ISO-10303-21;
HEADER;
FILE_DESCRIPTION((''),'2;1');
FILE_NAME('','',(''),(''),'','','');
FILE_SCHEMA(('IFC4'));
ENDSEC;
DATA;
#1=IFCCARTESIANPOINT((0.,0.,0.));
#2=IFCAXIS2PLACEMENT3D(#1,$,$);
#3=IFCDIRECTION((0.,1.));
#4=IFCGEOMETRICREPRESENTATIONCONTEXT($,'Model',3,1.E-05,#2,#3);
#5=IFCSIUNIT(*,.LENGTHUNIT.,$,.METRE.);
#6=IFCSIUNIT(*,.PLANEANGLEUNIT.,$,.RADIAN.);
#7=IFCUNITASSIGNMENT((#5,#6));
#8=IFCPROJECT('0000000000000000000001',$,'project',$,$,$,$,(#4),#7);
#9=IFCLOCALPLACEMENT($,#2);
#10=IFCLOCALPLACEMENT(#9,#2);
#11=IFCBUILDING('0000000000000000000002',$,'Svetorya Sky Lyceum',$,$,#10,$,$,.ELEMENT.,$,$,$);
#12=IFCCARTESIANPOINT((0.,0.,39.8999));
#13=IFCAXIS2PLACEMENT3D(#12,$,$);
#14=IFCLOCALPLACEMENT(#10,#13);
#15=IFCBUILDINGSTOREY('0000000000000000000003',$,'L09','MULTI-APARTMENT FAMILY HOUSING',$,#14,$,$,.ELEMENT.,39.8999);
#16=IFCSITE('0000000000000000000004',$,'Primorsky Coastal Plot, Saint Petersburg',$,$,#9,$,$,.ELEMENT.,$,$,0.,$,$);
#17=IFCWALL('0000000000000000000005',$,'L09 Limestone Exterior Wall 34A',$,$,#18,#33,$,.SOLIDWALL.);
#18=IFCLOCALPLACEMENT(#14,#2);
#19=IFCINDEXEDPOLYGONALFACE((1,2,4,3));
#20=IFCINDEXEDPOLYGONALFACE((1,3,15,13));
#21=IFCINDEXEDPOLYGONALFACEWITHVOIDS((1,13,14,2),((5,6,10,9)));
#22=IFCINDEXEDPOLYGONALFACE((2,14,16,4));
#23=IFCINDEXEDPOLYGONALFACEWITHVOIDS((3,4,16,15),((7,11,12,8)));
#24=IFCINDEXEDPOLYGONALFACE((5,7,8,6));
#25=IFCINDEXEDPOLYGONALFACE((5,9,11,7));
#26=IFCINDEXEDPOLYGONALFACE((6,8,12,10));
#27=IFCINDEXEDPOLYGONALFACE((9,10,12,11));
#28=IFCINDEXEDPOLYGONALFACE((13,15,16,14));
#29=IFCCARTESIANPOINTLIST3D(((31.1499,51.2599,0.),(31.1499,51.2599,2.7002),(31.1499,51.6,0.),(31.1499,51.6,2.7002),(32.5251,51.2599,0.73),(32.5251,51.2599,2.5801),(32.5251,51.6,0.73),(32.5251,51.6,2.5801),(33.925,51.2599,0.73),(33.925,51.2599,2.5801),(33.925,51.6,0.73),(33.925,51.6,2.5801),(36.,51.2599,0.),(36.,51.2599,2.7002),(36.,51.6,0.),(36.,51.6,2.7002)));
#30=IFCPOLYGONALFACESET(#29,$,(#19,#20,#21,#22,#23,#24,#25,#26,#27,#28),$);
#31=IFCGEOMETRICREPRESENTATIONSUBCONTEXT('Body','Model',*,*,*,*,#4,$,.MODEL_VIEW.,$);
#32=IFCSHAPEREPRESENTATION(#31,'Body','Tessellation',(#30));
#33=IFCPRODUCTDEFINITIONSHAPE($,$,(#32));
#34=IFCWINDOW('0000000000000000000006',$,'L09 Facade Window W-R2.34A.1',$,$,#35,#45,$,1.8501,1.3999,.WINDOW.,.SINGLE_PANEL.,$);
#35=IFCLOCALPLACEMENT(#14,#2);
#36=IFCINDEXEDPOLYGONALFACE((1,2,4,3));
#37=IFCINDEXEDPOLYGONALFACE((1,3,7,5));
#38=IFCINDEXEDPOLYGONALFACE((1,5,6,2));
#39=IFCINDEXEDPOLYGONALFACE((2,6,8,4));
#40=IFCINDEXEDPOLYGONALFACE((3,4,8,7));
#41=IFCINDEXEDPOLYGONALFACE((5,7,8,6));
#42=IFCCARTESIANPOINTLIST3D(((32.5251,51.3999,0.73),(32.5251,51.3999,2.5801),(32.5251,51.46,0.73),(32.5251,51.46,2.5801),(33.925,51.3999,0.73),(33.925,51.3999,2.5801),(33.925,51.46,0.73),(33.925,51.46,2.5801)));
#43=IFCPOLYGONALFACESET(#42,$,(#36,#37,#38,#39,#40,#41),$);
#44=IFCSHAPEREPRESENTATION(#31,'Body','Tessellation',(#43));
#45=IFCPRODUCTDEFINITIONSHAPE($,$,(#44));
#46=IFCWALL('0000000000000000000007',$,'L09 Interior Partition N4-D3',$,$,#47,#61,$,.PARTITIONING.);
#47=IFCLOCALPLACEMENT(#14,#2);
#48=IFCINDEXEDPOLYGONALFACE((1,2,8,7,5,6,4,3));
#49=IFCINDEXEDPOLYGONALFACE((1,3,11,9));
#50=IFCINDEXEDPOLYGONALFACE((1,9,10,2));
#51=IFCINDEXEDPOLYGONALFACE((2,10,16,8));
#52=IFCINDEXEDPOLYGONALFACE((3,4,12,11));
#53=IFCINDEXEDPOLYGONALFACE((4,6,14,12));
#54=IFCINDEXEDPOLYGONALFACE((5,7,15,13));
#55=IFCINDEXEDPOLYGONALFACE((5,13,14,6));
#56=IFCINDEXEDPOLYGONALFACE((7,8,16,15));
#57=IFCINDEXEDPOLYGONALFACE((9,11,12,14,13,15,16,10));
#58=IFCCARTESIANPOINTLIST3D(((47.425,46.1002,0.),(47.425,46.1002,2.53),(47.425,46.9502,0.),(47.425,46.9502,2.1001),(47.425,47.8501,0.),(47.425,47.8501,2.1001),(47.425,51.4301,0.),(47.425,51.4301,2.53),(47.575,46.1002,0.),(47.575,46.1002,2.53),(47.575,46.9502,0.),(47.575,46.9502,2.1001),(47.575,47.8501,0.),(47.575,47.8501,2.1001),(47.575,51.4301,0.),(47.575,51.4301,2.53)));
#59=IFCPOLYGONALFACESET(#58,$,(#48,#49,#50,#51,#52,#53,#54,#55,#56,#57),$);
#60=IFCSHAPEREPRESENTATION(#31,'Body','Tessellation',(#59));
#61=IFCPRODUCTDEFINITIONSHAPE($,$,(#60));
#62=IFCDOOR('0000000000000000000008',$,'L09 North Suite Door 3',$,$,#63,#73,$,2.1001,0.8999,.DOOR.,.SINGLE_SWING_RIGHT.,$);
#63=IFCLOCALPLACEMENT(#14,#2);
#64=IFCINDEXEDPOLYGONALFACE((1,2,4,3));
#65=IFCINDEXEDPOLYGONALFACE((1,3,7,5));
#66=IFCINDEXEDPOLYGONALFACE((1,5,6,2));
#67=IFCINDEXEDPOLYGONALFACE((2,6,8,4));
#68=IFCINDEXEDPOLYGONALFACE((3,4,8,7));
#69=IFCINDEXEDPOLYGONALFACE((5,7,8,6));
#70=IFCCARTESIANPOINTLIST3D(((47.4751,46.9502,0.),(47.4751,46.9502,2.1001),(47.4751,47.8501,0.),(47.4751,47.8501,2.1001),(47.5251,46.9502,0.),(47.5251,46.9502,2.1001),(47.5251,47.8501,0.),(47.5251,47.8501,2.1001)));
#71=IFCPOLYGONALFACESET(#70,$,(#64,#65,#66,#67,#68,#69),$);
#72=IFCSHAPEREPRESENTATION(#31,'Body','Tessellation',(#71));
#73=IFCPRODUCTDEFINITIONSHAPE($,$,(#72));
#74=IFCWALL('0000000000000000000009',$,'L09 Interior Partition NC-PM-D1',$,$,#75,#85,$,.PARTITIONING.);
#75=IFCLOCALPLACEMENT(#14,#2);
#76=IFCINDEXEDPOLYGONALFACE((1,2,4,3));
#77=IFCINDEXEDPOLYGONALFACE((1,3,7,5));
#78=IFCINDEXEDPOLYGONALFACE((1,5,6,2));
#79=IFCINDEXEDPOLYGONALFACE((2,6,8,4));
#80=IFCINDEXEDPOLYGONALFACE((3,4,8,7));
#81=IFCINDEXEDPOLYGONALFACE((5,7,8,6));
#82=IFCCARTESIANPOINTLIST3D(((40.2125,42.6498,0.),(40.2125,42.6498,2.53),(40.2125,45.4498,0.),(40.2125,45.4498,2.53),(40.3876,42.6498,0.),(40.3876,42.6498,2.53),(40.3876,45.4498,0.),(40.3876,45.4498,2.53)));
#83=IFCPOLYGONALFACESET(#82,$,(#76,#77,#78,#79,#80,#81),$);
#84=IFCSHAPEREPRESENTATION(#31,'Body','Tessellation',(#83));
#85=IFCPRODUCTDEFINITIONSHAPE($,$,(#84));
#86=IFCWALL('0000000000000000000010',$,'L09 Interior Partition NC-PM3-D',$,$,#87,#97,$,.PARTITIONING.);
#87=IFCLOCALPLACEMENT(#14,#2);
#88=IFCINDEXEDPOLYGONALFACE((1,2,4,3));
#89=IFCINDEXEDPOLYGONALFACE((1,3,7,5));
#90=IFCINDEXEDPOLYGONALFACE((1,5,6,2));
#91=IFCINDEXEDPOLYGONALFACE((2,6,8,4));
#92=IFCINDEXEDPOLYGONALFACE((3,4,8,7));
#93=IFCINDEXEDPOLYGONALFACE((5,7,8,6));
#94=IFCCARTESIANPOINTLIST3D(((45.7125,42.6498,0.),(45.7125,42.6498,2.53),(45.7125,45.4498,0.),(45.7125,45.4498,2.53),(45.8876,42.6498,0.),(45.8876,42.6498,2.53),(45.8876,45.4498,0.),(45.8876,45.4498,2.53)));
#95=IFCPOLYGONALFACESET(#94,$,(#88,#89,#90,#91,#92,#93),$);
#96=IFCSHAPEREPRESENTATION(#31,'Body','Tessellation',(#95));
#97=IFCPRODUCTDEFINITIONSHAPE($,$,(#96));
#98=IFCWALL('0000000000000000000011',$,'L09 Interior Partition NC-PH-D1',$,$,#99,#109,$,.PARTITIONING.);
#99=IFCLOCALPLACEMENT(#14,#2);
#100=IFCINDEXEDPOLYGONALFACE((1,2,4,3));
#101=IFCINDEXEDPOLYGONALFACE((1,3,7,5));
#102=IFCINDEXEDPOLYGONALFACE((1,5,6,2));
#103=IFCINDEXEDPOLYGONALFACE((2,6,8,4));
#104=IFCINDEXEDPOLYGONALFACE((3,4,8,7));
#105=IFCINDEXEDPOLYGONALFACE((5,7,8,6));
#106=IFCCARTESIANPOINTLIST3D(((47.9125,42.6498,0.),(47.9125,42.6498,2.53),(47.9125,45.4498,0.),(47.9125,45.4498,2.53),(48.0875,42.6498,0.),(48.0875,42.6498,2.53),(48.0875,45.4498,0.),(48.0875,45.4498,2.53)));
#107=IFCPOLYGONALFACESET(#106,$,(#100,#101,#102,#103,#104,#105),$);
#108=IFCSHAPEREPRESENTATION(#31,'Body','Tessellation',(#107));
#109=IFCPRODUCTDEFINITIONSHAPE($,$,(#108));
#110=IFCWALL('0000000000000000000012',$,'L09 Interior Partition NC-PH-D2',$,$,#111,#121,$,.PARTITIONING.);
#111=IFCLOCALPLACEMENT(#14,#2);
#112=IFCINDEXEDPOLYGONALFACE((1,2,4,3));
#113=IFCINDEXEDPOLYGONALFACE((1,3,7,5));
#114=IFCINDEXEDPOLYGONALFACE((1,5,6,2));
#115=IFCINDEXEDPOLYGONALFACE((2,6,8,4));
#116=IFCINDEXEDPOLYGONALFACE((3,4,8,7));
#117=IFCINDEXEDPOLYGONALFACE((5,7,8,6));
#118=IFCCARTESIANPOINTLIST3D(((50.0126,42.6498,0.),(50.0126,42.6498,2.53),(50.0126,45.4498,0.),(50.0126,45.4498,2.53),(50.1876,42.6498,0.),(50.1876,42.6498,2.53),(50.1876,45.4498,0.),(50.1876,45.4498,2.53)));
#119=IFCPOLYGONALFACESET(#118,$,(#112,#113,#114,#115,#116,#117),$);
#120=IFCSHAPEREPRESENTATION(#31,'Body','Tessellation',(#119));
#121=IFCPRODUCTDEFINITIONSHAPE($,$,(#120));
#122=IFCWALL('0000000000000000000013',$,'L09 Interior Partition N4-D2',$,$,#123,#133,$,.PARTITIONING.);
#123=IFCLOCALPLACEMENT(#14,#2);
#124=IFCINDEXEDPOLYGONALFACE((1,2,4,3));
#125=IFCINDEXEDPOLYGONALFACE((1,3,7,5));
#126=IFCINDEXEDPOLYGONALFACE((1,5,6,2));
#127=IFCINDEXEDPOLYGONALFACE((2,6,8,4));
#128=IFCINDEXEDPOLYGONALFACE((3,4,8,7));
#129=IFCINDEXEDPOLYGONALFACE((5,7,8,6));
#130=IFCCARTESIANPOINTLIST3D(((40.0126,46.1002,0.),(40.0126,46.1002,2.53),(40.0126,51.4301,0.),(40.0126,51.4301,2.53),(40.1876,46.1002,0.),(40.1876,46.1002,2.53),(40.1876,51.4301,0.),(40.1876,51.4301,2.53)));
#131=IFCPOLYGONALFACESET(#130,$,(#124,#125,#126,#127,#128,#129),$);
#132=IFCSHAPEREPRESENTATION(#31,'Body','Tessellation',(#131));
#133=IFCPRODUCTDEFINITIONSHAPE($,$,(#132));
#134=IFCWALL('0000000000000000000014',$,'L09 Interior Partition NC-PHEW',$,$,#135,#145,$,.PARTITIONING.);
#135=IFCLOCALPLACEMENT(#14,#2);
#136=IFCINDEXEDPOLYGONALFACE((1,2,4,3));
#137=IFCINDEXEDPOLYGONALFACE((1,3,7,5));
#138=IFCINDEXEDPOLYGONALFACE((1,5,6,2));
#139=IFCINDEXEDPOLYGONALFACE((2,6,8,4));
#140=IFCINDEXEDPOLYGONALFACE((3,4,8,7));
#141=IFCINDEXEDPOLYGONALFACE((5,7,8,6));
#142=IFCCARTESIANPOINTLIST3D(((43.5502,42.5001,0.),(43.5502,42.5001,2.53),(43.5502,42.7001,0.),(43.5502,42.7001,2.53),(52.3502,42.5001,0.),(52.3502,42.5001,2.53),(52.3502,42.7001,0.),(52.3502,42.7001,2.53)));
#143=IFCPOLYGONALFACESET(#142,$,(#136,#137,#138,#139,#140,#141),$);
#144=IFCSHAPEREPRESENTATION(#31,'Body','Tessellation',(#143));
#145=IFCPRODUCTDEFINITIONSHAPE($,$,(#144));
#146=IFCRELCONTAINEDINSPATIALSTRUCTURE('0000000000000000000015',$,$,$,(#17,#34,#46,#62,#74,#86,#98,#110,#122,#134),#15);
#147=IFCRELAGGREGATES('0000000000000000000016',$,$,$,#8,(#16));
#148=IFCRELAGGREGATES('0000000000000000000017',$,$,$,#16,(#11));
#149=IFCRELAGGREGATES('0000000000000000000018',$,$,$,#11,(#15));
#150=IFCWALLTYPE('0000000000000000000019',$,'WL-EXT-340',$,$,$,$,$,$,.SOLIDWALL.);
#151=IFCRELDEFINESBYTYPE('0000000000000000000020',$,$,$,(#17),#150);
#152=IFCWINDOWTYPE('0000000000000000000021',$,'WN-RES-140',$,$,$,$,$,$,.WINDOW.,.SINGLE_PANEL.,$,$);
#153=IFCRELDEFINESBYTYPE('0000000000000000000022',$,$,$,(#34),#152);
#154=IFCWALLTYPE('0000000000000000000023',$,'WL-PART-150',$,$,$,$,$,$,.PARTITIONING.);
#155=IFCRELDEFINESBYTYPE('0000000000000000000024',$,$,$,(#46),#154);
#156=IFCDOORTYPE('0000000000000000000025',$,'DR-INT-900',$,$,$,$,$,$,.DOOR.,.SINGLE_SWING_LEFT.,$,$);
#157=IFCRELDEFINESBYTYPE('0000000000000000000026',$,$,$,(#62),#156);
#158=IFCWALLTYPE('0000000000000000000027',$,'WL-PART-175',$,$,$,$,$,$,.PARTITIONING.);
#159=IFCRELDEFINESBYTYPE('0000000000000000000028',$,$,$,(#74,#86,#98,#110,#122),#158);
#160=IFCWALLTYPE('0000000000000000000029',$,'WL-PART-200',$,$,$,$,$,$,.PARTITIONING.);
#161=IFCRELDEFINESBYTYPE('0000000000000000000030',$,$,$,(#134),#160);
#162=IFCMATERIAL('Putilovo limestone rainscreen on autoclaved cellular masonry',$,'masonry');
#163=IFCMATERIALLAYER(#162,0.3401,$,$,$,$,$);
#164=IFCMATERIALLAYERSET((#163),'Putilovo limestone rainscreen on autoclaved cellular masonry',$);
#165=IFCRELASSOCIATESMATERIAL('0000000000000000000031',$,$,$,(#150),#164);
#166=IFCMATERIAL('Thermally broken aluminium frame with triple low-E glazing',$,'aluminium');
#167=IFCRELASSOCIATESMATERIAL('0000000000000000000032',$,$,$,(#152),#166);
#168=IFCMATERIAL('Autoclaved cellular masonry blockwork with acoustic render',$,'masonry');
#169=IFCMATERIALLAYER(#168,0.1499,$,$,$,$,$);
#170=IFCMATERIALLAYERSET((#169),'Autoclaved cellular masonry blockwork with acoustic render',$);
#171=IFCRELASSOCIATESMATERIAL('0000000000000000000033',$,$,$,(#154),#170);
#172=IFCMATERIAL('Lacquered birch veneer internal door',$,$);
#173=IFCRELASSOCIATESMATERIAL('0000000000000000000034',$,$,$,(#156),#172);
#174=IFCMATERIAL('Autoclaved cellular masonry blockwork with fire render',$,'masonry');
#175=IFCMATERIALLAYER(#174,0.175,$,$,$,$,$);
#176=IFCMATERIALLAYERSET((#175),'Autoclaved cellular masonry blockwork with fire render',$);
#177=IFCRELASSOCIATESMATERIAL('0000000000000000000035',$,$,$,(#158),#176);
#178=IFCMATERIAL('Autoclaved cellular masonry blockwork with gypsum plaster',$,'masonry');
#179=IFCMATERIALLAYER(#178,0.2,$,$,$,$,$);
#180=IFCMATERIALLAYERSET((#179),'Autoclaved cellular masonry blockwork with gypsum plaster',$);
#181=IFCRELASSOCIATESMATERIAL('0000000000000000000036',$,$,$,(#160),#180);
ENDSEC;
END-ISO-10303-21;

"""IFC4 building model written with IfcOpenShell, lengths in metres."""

from ifc_helpers import new_model, si_unit, direction, frame, frame_2d, origin, place, context, subcontext, project, spatial, rectangle, extrude, material, layer, layer_set, type_object, element, fill, save


model = new_model("IFC4")

# Units and contexts
model_context = context("Model", 3, precision=1e-05, world=origin(), true_north=direction((0.0, 1.0)))
body_context = subcontext(model_context, "Body", "Model", "MODEL_VIEW")
ifc_project = project(units=[si_unit("LENGTHUNIT", "METRE"), si_unit("PLANEANGLEUNIT", "RADIAN")], contexts=[model_context])

# Site, building, storey
site_placement = place(None, origin())
site = spatial("IfcSite", under=ifc_project, at=site_placement, Name="Primorsky Coastal Plot, Saint Petersburg", CompositionType="ELEMENT", RefElevation=0.0)
building_placement = place(site_placement, origin())
building = spatial("IfcBuilding", under=site, at=building_placement, Name="Svetorya Sky Lyceum", CompositionType="ELEMENT")
storey_placement = place(building_placement, frame((0.0, 0.0, 39.8999)))
storey = spatial("IfcBuildingStorey", under=building, at=storey_placement, Name="L09", Description="MULTI-APARTMENT FAMILY HOUSING", CompositionType="ELEMENT", Elevation=39.8999)

# Shared definitions
ifc_material_1 = material(Name="Putilovo limestone rainscreen on autoclaved cellular masonry", Category="masonry")
ifc_layer_1 = layer(ifc_material_1, 0.3401)
ifc_layer_set_1 = layer_set([ifc_layer_1], Name="Putilovo limestone rainscreen on autoclaved cellular masonry")
wall_type_1 = type_object("IfcWallType", Name="WL-EXT-340", PredefinedType="SOLIDWALL", material=ifc_layer_set_1)

# Wall, opening, window
wall_1_placement = place(storey_placement, frame((36.0, 51.4299, 0.0), z_axis=(0.0, 0.0, 1.0), x_axis=(-1.0, 0.0, 0.0)))
wall_1 = element("IfcWall", 1, at=wall_1_placement, inside=storey, type_object=wall_type_1, Name="L09 Limestone Exterior Wall 34A", PredefinedType="SOLIDWALL", context=body_context, shape_type="SweptSolid", body=[
    extrude(rectangle(XDim=4.8501, YDim=0.3401, at=frame_2d((2.425, 0.0))), origin(), (0.0, 0.0, 1.0), 2.7002),
])
opening_1_placement = place(wall_1_placement, frame((2.075, 0.0, 0.73)))
opening_1 = element("IfcOpeningElement", 2, at=opening_1_placement, cuts=wall_1, PredefinedType="OPENING", context=body_context, shape_type="SweptSolid", body=[
    extrude(rectangle(XDim=1.3999, YDim=1.8501, at=frame_2d((0.7, 0.925))), frame((0.0, 0.1799, 0.0), z_axis=(0.0, -1.0, 0.0), x_axis=(1.0, 0.0, 0.0)), (0.0, 0.0, 1.0), 0.3601),
])
ifc_material_2 = material(Name="Thermally broken aluminium frame with triple low-E glazing", Category="aluminium")
window_type = type_object("IfcWindowType", Name="WN-RES-140", PartitioningType="SINGLE_PANEL", PredefinedType="WINDOW", material=ifc_material_2)
window_placement = place(opening_1_placement, origin())
window = element("IfcWindow", 3, at=window_placement, inside=storey, type_object=window_type, Name="L09 Facade Window W-R2.34A.1", OverallHeight=1.8501, OverallWidth=1.3999, PartitioningType="SINGLE_PANEL", PredefinedType="WINDOW", context=body_context, shape_type="SweptSolid", body=[
    extrude(rectangle(XDim=1.3999, YDim=1.8501, at=frame_2d((0.7, 0.925))), frame((0.0, 0.03, 0.0), z_axis=(0.0, -1.0, 0.0), x_axis=(1.0, 0.0, 0.0)), (0.0, 0.0, 1.0), 0.0601),
])
fill(opening_1, window)

# Wall, opening, door
ifc_material_3 = material(Name="Autoclaved cellular masonry blockwork with acoustic render", Category="masonry")
ifc_layer_2 = layer(ifc_material_3, 0.1499)
ifc_layer_set_2 = layer_set([ifc_layer_2], Name="Autoclaved cellular masonry blockwork with acoustic render")
wall_type_2 = type_object("IfcWallType", Name="WL-PART-150", PredefinedType="PARTITIONING", material=ifc_layer_set_2)
wall_2_placement = place(storey_placement, frame((47.5, 46.1001, 0.0), z_axis=(0.0, 0.0, 1.0), x_axis=(0.0, 1.0, 0.0)))
wall_2 = element("IfcWall", 4, at=wall_2_placement, inside=storey, type_object=wall_type_2, Name="L09 Interior Partition N4-D3", PredefinedType="PARTITIONING", context=body_context, shape_type="SweptSolid", body=[
    extrude(rectangle(XDim=5.3298, YDim=0.1499, at=frame_2d((2.665, 0.0))), origin(), (0.0, 0.0, 1.0), 2.53),
])
opening_2_placement = place(wall_2_placement, frame((0.8501, 0.0, 0.0)))
opening_2 = element("IfcOpeningElement", 5, at=opening_2_placement, cuts=wall_2, PredefinedType="OPENING", context=body_context, shape_type="SweptSolid", body=[
    extrude(rectangle(XDim=0.8999, YDim=2.1001, at=frame_2d((0.45, 1.05))), frame((0.0, 0.085, 0.0), z_axis=(0.0, -1.0, 0.0), x_axis=(1.0, 0.0, 0.0)), (0.0, 0.0, 1.0), 0.1699),
])
ifc_material_4 = material(Name="Lacquered birch veneer internal door")
door_type = type_object("IfcDoorType", Name="DR-INT-900", OperationType="SINGLE_SWING_LEFT", PredefinedType="DOOR", material=ifc_material_4)
door_placement = place(opening_2_placement, origin())
door = element("IfcDoor", 6, at=door_placement, inside=storey, type_object=door_type, Name="L09 North Suite Door 3", OperationType="SINGLE_SWING_RIGHT", OverallHeight=2.1001, OverallWidth=0.8999, PredefinedType="DOOR", context=body_context, shape_type="SweptSolid", body=[
    extrude(rectangle(XDim=0.8999, YDim=2.1001, at=frame_2d((0.45, 1.05))), frame((0.0, 0.0249, 0.0), z_axis=(0.0, -1.0, 0.0), x_axis=(1.0, 0.0, 0.0)), (0.0, 0.0, 1.0), 0.05),
])
fill(opening_2, door)

# Walls
ifc_material_5 = material(Name="Autoclaved cellular masonry blockwork with fire render", Category="masonry")
ifc_layer_3 = layer(ifc_material_5, 0.175)
ifc_layer_set_3 = layer_set([ifc_layer_3], Name="Autoclaved cellular masonry blockwork with fire render")
wall_type_3 = type_object("IfcWallType", Name="WL-PART-175", PredefinedType="PARTITIONING", material=ifc_layer_set_3)
for number, where, z_axis, x_axis, name in (
    (7, (40.3, 42.6499, 0.0), (0.0, 0.0, 1.0), (0.0, 1.0, 0.0), "L09 Interior Partition NC-PM-D1"),
    (8, (45.8, 42.6499, 0.0), (0.0, 0.0, 1.0), (0.0, 1.0, 0.0), "L09 Interior Partition NC-PM3-D"),
    (9, (48.0, 42.6499, 0.0), (0.0, 0.0, 1.0), (0.0, 1.0, 0.0), "L09 Interior Partition NC-PH-D1"),
    (10, (50.1001, 42.6499, 0.0), (0.0, 0.0, 1.0), (0.0, 1.0, 0.0), "L09 Interior Partition NC-PH-D2"),
):
    element("IfcWall", number, at=place(storey_placement, frame(where, z_axis=z_axis, x_axis=x_axis)), inside=storey, type_object=wall_type_3, Name=name, PredefinedType="PARTITIONING", context=body_context, shape_type="SweptSolid", body=[
        extrude(rectangle(XDim=2.8, YDim=0.175, at=frame_2d((1.3999, 0.0))), origin(), (0.0, 0.0, 1.0), 2.53),
    ])
wall_3_placement = place(storey_placement, frame((40.1001, 46.1001, 0.0), z_axis=(0.0, 0.0, 1.0), x_axis=(0.0, 1.0, 0.0)))
element("IfcWall", 11, at=wall_3_placement, inside=storey, type_object=wall_type_3, Name="L09 Interior Partition N4-D2", PredefinedType="PARTITIONING", context=body_context, shape_type="SweptSolid", body=[
    extrude(rectangle(XDim=5.3298, YDim=0.175, at=frame_2d((2.665, 0.0))), origin(), (0.0, 0.0, 1.0), 2.53),
])
ifc_material_6 = material(Name="Autoclaved cellular masonry blockwork with gypsum plaster", Category="masonry")
ifc_layer_4 = layer(ifc_material_6, 0.2)
ifc_layer_set_4 = layer_set([ifc_layer_4], Name="Autoclaved cellular masonry blockwork with gypsum plaster")
wall_type_4 = type_object("IfcWallType", Name="WL-PART-200", PredefinedType="PARTITIONING", material=ifc_layer_set_4)
wall_4_placement = place(storey_placement, frame((52.3501, 42.6001, 0.0), z_axis=(0.0, 0.0, 1.0), x_axis=(-1.0, 0.0, 0.0)))
element("IfcWall", 12, at=wall_4_placement, inside=storey, type_object=wall_type_4, Name="L09 Interior Partition NC-PHEW", PredefinedType="PARTITIONING", context=body_context, shape_type="SweptSolid", body=[
    extrude(rectangle(XDim=8.8, YDim=0.2, at=frame_2d((4.3999, 0.0))), origin(), (0.0, 0.0, 1.0), 2.53),
])

save(model, "model.ifc")
